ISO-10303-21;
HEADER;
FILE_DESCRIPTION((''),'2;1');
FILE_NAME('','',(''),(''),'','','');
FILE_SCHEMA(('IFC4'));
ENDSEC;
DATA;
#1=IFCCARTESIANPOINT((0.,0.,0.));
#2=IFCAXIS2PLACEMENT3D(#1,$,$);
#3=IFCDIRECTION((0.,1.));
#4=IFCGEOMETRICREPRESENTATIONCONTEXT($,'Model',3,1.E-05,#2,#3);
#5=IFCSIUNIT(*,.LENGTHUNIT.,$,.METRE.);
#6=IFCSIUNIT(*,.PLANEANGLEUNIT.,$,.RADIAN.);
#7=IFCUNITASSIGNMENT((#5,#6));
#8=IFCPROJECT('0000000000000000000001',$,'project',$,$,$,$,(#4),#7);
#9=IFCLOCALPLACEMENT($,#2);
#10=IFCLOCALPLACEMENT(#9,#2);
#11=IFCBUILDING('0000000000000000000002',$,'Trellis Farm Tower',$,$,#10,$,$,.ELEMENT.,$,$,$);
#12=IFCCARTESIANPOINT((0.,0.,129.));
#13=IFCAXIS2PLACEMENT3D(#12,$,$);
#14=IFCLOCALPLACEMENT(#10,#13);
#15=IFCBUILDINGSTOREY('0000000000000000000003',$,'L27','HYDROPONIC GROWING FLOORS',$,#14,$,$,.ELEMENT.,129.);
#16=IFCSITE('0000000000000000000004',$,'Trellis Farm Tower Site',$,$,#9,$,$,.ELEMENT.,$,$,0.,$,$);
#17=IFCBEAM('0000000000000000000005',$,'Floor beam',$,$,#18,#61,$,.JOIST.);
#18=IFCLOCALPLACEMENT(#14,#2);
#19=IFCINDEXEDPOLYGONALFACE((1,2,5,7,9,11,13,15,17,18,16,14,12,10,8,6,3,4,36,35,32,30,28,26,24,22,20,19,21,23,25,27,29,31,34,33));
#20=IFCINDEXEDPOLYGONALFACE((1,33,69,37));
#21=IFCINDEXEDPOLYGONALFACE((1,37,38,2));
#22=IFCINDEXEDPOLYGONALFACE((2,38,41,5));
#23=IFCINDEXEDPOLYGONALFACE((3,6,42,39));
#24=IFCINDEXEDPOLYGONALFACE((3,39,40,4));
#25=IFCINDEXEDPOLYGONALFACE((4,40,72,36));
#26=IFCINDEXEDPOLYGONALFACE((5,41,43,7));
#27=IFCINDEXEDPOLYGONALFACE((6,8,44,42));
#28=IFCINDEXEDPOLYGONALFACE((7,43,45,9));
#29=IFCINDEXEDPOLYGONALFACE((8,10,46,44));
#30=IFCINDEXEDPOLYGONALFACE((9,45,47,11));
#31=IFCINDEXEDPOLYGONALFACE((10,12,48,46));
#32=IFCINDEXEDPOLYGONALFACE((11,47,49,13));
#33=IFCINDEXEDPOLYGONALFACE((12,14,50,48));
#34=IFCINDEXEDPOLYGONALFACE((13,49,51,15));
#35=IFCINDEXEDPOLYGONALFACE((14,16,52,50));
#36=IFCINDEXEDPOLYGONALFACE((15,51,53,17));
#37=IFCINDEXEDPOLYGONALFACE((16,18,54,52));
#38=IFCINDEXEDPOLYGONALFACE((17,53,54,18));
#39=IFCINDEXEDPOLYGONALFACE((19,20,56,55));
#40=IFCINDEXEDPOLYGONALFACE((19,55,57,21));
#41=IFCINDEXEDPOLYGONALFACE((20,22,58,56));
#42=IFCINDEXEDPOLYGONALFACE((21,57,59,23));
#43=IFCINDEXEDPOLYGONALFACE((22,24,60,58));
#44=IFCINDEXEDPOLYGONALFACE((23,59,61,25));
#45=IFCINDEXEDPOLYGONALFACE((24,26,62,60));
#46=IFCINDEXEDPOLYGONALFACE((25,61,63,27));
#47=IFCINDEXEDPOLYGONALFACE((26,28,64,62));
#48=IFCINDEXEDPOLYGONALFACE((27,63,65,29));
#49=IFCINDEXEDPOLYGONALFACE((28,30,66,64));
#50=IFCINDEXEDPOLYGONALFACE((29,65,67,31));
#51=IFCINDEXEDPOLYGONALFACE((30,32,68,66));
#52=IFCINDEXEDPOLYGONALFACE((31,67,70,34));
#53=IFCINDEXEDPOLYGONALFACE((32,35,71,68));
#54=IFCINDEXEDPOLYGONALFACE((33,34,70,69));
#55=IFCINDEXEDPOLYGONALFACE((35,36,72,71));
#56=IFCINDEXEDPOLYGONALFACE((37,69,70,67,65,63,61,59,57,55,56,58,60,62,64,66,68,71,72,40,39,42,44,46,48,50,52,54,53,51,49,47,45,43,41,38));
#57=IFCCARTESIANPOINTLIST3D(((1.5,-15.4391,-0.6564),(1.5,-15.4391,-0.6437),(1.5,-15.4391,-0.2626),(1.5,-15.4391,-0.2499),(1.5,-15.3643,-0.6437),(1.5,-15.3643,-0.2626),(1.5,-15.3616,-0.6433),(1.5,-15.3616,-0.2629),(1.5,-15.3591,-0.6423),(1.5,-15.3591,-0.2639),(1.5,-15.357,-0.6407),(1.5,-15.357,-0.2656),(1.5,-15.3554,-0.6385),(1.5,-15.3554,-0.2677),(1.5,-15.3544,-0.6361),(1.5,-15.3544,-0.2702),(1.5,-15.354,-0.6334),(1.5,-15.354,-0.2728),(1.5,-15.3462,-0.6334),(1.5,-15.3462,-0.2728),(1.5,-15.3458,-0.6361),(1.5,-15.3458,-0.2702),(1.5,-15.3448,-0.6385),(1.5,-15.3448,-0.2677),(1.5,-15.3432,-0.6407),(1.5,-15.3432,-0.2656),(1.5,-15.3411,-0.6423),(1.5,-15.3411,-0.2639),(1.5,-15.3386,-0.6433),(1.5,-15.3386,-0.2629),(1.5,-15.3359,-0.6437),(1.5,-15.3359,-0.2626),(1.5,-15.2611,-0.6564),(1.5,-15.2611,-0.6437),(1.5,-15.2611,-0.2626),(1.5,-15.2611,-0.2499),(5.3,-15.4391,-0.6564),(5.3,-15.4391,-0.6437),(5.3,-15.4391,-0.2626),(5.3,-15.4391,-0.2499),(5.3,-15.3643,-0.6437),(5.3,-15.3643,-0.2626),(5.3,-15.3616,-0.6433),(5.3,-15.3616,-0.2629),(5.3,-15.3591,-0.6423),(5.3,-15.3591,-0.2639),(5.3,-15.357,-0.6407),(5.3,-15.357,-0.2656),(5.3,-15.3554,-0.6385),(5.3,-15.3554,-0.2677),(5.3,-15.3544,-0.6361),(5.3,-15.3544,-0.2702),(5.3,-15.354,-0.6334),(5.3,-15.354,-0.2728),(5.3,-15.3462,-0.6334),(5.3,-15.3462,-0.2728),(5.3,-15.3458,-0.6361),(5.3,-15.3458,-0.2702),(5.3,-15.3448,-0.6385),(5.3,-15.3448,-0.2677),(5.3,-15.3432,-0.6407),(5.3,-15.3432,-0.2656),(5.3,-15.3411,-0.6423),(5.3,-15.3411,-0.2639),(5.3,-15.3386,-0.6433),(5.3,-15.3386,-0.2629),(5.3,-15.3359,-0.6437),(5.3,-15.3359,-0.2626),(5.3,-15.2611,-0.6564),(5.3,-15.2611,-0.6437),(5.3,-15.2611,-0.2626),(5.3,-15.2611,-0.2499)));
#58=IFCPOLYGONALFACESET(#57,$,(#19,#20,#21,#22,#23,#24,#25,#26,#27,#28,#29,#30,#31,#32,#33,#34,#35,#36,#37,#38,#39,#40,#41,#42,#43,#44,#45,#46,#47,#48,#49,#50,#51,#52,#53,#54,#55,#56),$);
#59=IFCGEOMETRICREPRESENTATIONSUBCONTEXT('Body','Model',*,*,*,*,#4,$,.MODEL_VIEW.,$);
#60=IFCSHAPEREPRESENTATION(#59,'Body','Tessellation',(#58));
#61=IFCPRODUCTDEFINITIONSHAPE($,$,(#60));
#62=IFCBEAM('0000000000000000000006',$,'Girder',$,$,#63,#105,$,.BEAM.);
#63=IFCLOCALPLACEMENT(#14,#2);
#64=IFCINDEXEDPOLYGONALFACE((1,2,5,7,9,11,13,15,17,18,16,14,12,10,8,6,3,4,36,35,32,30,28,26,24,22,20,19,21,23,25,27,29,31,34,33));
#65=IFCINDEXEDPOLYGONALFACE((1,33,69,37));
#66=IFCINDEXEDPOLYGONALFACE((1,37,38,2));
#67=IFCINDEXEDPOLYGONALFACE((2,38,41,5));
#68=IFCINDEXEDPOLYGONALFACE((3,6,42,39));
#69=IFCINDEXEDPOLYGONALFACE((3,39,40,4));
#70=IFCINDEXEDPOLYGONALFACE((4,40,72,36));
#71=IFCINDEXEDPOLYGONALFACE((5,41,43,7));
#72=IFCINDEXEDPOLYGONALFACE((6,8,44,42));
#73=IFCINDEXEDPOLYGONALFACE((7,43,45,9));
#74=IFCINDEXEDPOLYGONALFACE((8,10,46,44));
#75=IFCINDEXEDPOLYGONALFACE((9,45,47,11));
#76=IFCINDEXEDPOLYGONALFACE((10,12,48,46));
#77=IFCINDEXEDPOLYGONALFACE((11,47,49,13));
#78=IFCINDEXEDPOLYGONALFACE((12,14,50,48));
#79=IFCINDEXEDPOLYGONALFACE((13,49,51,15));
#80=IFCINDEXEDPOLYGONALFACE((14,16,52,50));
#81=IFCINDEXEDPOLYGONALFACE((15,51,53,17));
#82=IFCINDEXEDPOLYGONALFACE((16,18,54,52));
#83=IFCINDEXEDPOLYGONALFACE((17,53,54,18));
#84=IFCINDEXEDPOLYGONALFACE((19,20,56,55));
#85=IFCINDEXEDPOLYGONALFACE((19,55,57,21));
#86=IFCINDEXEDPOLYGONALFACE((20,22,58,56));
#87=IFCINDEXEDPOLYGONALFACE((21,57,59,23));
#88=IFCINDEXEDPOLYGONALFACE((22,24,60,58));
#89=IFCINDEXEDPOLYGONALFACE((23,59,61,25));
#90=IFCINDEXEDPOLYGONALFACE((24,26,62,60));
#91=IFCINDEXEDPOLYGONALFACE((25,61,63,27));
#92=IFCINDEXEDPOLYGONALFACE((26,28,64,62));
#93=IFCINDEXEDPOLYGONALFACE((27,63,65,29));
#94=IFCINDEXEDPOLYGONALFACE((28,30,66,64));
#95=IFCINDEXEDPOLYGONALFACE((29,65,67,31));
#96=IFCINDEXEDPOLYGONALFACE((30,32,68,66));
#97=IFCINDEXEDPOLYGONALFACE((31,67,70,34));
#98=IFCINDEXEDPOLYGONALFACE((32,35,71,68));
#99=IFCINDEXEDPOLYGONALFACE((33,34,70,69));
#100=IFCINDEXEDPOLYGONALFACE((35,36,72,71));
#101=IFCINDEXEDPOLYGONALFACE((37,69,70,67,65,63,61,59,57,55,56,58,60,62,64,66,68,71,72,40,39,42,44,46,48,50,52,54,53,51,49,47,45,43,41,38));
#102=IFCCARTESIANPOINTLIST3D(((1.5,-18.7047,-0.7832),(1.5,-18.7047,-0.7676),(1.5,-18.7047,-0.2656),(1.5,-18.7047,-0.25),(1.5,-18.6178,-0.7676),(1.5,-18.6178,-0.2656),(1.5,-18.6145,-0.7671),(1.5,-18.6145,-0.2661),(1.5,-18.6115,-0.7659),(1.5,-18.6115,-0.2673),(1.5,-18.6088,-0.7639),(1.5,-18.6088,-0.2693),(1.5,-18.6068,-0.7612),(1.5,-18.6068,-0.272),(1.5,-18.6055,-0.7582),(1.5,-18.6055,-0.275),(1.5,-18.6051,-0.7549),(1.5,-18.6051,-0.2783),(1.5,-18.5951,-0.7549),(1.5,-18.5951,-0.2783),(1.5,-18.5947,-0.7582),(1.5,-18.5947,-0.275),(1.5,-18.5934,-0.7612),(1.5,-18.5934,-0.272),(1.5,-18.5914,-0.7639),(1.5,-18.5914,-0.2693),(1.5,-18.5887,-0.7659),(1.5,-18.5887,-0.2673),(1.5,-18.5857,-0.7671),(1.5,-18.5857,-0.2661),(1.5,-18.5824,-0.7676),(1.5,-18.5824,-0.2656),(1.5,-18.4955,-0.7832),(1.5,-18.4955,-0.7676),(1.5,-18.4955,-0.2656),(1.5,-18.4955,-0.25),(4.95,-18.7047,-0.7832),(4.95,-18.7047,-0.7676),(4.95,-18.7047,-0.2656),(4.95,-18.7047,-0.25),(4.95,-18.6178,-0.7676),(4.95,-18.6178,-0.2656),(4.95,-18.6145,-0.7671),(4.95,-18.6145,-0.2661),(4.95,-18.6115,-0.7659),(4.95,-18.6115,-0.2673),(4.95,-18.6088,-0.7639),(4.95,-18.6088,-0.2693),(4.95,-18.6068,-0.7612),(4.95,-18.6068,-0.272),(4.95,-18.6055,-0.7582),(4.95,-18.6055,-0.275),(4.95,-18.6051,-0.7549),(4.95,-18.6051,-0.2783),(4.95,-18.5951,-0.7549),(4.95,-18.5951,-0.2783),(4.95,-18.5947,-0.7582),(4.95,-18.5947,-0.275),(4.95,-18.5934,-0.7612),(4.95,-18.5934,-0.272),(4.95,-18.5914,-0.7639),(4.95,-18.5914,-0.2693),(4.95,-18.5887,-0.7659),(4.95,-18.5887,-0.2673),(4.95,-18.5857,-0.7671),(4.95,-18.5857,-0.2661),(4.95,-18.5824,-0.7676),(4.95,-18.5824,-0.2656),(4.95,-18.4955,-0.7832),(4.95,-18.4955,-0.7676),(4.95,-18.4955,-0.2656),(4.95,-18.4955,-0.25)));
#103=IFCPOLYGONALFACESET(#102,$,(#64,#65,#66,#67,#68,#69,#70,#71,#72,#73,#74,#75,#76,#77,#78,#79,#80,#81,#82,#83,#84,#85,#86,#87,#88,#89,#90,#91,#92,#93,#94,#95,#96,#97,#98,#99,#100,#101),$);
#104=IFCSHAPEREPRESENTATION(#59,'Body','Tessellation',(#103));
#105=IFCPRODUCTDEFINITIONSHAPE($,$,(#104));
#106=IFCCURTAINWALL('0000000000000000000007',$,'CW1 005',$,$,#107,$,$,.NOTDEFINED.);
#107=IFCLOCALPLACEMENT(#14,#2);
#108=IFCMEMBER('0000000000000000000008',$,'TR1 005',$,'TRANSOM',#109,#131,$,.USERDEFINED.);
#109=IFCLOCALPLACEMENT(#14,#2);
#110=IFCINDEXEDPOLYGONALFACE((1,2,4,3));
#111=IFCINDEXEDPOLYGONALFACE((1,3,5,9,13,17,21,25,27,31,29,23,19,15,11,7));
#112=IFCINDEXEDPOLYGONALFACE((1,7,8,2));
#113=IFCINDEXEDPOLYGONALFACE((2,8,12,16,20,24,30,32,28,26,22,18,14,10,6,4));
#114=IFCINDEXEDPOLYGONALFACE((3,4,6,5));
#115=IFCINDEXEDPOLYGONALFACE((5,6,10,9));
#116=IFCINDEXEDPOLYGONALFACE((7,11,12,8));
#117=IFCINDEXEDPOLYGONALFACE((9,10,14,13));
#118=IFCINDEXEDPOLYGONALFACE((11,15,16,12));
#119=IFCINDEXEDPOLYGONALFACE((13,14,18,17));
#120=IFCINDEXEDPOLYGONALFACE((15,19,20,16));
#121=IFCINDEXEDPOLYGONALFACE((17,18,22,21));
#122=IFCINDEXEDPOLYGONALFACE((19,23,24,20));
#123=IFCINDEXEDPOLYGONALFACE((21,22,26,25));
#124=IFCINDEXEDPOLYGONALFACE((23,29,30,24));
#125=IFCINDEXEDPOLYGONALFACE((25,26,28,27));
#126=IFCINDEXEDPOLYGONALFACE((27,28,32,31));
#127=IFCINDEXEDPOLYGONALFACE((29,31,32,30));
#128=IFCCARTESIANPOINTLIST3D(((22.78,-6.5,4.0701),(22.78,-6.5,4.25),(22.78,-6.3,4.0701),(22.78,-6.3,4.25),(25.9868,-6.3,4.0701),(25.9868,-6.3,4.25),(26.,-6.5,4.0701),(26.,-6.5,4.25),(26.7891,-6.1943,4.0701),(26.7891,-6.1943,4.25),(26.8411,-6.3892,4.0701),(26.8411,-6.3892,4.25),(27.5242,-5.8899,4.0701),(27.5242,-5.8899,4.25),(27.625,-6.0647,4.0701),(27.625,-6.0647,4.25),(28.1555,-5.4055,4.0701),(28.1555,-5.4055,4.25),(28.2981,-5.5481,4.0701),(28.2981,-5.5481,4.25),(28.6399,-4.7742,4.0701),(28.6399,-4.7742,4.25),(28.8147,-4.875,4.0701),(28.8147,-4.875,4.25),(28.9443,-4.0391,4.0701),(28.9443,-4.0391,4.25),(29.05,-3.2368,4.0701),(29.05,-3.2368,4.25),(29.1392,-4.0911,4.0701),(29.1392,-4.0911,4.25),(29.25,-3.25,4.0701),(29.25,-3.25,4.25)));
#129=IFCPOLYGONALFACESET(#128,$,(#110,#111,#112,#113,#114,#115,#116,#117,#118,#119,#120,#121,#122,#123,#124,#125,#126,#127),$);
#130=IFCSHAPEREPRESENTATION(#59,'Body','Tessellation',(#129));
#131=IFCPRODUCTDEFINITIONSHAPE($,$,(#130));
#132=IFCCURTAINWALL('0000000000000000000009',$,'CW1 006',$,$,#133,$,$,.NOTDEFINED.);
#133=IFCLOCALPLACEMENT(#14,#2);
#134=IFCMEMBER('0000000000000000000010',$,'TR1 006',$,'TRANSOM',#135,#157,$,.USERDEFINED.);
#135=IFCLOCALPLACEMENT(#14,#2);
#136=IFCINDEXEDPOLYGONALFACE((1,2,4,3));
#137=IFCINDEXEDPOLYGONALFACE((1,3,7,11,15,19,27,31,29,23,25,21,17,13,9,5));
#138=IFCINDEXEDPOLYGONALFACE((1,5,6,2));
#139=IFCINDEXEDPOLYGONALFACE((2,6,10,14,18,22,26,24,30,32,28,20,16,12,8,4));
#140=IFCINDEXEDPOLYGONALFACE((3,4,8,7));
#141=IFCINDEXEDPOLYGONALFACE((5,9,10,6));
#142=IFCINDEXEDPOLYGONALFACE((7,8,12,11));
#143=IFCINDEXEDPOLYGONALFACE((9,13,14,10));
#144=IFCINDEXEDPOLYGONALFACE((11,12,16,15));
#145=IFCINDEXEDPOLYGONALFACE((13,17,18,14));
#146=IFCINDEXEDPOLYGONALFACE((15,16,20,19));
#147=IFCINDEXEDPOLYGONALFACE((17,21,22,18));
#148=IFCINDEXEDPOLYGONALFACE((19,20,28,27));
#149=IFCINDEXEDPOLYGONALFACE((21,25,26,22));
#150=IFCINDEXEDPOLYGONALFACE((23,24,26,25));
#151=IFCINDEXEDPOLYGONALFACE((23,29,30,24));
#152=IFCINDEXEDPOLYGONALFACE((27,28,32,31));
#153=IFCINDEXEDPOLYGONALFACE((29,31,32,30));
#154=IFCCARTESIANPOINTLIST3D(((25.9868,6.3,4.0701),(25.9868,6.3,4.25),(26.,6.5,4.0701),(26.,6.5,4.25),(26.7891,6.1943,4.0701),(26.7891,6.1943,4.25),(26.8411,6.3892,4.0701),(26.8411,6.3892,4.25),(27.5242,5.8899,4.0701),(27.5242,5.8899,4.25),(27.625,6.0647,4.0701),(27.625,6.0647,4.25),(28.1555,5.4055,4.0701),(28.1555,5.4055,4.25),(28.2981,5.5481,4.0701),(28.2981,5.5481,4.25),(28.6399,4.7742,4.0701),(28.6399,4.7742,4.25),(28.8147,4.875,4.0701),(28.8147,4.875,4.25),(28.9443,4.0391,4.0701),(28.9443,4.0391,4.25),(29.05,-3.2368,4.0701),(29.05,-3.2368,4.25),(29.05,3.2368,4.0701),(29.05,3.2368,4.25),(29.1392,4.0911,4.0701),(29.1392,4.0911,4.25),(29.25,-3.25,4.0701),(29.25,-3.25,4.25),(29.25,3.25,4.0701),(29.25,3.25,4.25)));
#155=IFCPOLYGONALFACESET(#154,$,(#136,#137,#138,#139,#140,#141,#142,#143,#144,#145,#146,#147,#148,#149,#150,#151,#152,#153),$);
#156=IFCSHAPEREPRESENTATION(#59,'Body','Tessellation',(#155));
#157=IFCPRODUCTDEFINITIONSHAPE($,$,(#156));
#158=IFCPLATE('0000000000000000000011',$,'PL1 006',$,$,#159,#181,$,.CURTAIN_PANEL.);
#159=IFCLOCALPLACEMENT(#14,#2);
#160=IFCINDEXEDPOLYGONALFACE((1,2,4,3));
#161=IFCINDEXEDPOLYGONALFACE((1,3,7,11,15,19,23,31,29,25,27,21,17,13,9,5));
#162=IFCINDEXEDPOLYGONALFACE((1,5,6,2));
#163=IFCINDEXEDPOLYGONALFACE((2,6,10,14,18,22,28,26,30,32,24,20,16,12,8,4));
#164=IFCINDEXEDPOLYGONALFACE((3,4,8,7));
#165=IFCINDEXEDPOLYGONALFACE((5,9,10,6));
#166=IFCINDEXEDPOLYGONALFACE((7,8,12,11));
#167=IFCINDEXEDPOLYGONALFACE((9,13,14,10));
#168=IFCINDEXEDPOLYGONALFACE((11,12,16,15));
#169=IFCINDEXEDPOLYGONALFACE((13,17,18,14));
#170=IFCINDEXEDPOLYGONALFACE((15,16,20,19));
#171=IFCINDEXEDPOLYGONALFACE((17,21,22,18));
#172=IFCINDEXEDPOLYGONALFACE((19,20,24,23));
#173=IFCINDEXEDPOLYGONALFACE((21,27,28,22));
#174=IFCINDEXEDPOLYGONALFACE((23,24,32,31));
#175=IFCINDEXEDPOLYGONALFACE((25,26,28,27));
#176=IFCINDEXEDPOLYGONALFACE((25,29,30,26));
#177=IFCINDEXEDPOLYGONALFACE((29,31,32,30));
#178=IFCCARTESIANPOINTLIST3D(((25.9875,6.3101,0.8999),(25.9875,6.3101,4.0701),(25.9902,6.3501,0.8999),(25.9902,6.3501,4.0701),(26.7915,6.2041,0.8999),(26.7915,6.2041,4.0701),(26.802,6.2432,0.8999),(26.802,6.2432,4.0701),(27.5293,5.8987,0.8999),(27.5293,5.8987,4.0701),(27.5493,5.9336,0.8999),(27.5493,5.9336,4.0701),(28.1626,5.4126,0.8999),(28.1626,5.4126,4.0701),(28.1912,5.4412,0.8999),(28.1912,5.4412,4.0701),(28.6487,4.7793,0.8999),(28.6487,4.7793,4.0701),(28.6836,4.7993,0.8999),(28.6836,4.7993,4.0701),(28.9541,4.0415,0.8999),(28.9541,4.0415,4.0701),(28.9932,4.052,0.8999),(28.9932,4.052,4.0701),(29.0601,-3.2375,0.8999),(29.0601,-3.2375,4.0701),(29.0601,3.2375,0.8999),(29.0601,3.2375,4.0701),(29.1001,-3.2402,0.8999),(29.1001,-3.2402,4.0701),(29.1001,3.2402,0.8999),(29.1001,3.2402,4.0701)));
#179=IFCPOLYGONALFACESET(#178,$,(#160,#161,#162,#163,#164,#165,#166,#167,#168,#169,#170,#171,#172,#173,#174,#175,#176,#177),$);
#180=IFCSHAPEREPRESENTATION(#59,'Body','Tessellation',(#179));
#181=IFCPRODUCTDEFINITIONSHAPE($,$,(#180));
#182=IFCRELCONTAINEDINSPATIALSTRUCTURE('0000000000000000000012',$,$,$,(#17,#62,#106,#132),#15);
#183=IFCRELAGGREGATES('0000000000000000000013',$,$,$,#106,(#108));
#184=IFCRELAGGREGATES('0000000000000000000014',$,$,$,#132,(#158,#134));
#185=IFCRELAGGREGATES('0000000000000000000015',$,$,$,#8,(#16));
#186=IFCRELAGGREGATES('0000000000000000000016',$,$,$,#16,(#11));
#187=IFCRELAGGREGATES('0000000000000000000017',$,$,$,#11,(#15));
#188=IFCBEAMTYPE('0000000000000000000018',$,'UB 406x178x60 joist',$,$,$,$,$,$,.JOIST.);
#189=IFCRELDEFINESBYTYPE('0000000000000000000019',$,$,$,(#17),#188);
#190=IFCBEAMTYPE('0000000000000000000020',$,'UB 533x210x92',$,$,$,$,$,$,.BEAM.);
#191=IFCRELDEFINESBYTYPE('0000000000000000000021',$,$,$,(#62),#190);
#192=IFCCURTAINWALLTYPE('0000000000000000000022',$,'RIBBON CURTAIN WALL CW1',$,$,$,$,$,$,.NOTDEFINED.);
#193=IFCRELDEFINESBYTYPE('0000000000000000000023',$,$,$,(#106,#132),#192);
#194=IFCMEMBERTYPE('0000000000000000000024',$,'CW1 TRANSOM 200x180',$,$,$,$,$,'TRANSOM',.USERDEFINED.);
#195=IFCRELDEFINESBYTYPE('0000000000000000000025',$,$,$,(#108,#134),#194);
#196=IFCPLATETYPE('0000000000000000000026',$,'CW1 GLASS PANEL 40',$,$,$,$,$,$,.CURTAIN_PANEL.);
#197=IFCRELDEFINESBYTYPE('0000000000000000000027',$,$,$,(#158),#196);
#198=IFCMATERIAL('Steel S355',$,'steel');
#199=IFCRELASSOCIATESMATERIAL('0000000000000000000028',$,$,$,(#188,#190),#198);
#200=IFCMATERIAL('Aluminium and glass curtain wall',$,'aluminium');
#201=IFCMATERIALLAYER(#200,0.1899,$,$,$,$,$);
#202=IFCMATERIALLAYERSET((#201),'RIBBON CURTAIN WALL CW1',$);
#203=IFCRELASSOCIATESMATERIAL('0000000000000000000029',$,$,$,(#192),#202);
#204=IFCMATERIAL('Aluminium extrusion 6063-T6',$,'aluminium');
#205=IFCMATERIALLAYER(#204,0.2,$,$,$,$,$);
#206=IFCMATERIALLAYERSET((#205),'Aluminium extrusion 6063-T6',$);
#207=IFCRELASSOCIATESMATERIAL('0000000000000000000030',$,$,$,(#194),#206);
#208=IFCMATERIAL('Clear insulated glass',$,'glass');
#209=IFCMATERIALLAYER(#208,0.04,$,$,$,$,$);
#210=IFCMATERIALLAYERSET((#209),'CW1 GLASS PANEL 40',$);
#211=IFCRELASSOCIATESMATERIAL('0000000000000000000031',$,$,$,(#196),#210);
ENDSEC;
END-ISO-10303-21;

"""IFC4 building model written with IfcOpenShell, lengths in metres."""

from ifc_helpers import new_model, si_unit, direction, frame, origin, origin_2d, place, context, subcontext, project, spatial, polyline, i_section, outline, extrude, source, transform, mapped, material, layer, layer_set, material_profile, profile_set, type_object, element, aggregate, save


model = new_model("IFC4")

# Units and contexts
model_context = context("Model", 3, precision=1e-05, world=origin(), true_north=direction((0.0, 1.0)))
body_context = subcontext(model_context, "Body", "Model", "MODEL_VIEW")
ifc_project = project(units=[si_unit("LENGTHUNIT", "METRE"), si_unit("PLANEANGLEUNIT", "RADIAN")], contexts=[model_context])

# Site, building, storey
site_placement = place(None, origin())
site = spatial("IfcSite", under=ifc_project, at=site_placement, Name="Trellis Farm Tower Site", CompositionType="ELEMENT", RefElevation=0.0)
building_placement = place(site_placement, origin())
building = spatial("IfcBuilding", under=site, at=building_placement, Name="Trellis Farm Tower", CompositionType="ELEMENT")
storey_placement = place(building_placement, frame((0.0, 0.0, 129.0)))
storey = spatial("IfcBuildingStorey", under=building, at=storey_placement, Name="L27", Description="HYDROPONIC GROWING FLOORS", CompositionType="ELEMENT", Elevation=129.0)

# Beams
ifc_material_1 = material(Name="Steel S355", Category="steel")
ifc_material_profile_1 = material_profile(ifc_material_1, i_section(OverallWidth=0.178, OverallDepth=0.4065, WebThickness=0.0078, FlangeThickness=0.0127, FilletRadius=0.0103, at=origin_2d()), Name="UB 406x178x60")
ifc_profile_set_1 = profile_set([ifc_material_profile_1], Name="Steel S355")
beam_type_1 = type_object("IfcBeamType", Name="UB 406x178x60 joist", PredefinedType="JOIST", material=ifc_profile_set_1)
shared_shape_1 = source(origin(), body_context, "Body", "SweptSolid", [
    extrude(i_section(OverallWidth=0.178, OverallDepth=0.4065, WebThickness=0.0078, FlangeThickness=0.0127, FilletRadius=0.0103, at=origin_2d()), origin(), (0.0, 0.0, 1.0), 3.8),
])
beam_1_placement = place(storey_placement, frame((1.5, -15.3501, -0.4531), z_axis=(1.0, 0.0, 0.0), x_axis=(0.0, 1.0, 0.0)))
element("IfcBeam", 1, at=beam_1_placement, inside=storey, type_object=beam_type_1, Name="Floor beam", PredefinedType="JOIST", context=body_context, shape_type="MappedRepresentation", body=[
    mapped(shared_shape_1, transform((0.0, 0.0, 0.0))),
])
ifc_material_profile_2 = material_profile(ifc_material_1, i_section(OverallWidth=0.2092, OverallDepth=0.5332, WebThickness=0.01, FlangeThickness=0.0156, FilletRadius=0.0127, at=origin_2d()), Name="UB 533x210x92")
ifc_profile_set_2 = profile_set([ifc_material_profile_2], Name="Steel S355")
beam_type_2 = type_object("IfcBeamType", Name="UB 533x210x92", PredefinedType="BEAM", material=ifc_profile_set_2)
shared_shape_2 = source(origin(), body_context, "Body", "SweptSolid", [
    extrude(i_section(OverallWidth=0.2092, OverallDepth=0.5332, WebThickness=0.01, FlangeThickness=0.0156, FilletRadius=0.0127, at=origin_2d()), origin(), (0.0, 0.0, 1.0), 3.45),
])
beam_2_placement = place(storey_placement, frame((1.5, -18.6001, -0.5166), z_axis=(1.0, 0.0, 0.0), x_axis=(0.0, 1.0, 0.0)))
element("IfcBeam", 2, at=beam_2_placement, inside=storey, type_object=beam_type_2, Name="Girder", PredefinedType="BEAM", context=body_context, shape_type="MappedRepresentation", body=[
    mapped(shared_shape_2, transform((0.0, 0.0, 0.0))),
])

# Curtain wall, member
ifc_material_2 = material(Name="Aluminium and glass curtain wall", Category="aluminium")
ifc_layer_1 = layer(ifc_material_2, 0.1899)
ifc_layer_set_1 = layer_set([ifc_layer_1], Name="RIBBON CURTAIN WALL CW1")
curtain_wall_type = type_object("IfcCurtainWallType", Name="RIBBON CURTAIN WALL CW1", PredefinedType="NOTDEFINED", material=ifc_layer_set_1)
placement_1 = place(storey_placement, origin())
curtain_wall_1 = element("IfcCurtainWall", 3, at=placement_1, inside=storey, type_object=curtain_wall_type, Name="CW1 005", PredefinedType="NOTDEFINED")
ifc_material_3 = material(Name="Aluminium extrusion 6063-T6", Category="aluminium")
ifc_layer_2 = layer(ifc_material_3, 0.2)
ifc_layer_set_2 = layer_set([ifc_layer_2], Name="Aluminium extrusion 6063-T6")
member_type = type_object("IfcMemberType", Name="CW1 TRANSOM 200x180", ElementType="TRANSOM", PredefinedType="USERDEFINED", material=ifc_layer_set_2)
shared_shape_3 = source(origin(), body_context, "Body", "SweptSolid", [
    extrude(outline(polyline([(22.78, -6.5), (26.0, -6.5), (26.8411, -6.3892), (27.625, -6.0647), (28.2981, -5.5481), (28.8147, -4.875), (29.1392, -4.0911), (29.25, -3.25), (29.05, -3.2368), (28.9443, -4.0391), (28.6399, -4.7742), (28.1555, -5.4055), (27.5242, -5.8899), (26.7891, -6.1943), (25.9868, -6.3), (22.78, -6.3), (22.78, -6.5)])), origin(), (0.0, 0.0, 1.0), 0.1799),
])
placement_2 = place(storey_placement, frame((0.0, 0.0, 4.0701)))
member_1 = element("IfcMember", 4, at=placement_2, type_object=member_type, Name="TR1 005", ObjectType="TRANSOM", PredefinedType="USERDEFINED", context=body_context, shape_type="MappedRepresentation", body=[
    mapped(shared_shape_3, transform((0.0, 0.0, 0.0))),
])
aggregate(curtain_wall_1, [member_1])

# Curtain wall, member, plate
curtain_wall_2 = element("IfcCurtainWall", 5, at=placement_1, inside=storey, type_object=curtain_wall_type, Name="CW1 006", PredefinedType="NOTDEFINED")
shared_shape_4 = source(origin(), body_context, "Body", "SweptSolid", [
    extrude(outline(polyline([(29.25, -3.25), (29.25, 3.25), (29.1392, 4.0911), (28.8147, 4.875), (28.2981, 5.5481), (27.625, 6.0647), (26.8411, 6.3892), (26.0, 6.5), (25.9868, 6.3), (26.7891, 6.1943), (27.5242, 5.8899), (28.1555, 5.4055), (28.6399, 4.7742), (28.9443, 4.0391), (29.05, 3.2368), (29.05, -3.2368), (29.25, -3.25)])), origin(), (0.0, 0.0, 1.0), 0.1799),
])
member_2 = element("IfcMember", 6, at=placement_2, type_object=member_type, Name="TR1 006", ObjectType="TRANSOM", PredefinedType="USERDEFINED", context=body_context, shape_type="MappedRepresentation", body=[
    mapped(shared_shape_4, transform((0.0, 0.0, 0.0))),
])
ifc_material_4 = material(Name="Clear insulated glass", Category="glass")
ifc_layer_3 = layer(ifc_material_4, 0.04)
ifc_layer_set_3 = layer_set([ifc_layer_3], Name="CW1 GLASS PANEL 40")
plate_type_1 = type_object("IfcPlateType", Name="CW1 GLASS PANEL 40", PredefinedType="CURTAIN_PANEL", material=ifc_layer_set_3)
shared_shape_5 = source(origin(), body_context, "Body", "SweptSolid", [
    extrude(outline(polyline([(29.1001, -3.2402), (29.1001, 3.2402), (28.9932, 4.052), (28.6836, 4.7993), (28.1912, 5.4412), (27.5493, 5.9336), (26.802, 6.2432), (25.9902, 6.3501), (25.9875, 6.3101), (26.7915, 6.2041), (27.5293, 5.8987), (28.1626, 5.4126), (28.6487, 4.7793), (28.9541, 4.0415), (29.0601, 3.2375), (29.0601, -3.2375), (29.1001, -3.2402)])), origin(), (0.0, 0.0, 1.0), 3.1702),
])
plate_1_placement = place(storey_placement, frame((0.0, 0.0, 0.8999)))
plate_1 = element("IfcPlate", 7, at=plate_1_placement, type_object=plate_type_1, Name="PL1 006", PredefinedType="CURTAIN_PANEL", context=body_context, shape_type="MappedRepresentation", body=[
    mapped(shared_shape_5, transform((0.0, 0.0, 0.0))),
])
aggregate(curtain_wall_2, [plate_1, member_2])

save(model, "model.ifc")
